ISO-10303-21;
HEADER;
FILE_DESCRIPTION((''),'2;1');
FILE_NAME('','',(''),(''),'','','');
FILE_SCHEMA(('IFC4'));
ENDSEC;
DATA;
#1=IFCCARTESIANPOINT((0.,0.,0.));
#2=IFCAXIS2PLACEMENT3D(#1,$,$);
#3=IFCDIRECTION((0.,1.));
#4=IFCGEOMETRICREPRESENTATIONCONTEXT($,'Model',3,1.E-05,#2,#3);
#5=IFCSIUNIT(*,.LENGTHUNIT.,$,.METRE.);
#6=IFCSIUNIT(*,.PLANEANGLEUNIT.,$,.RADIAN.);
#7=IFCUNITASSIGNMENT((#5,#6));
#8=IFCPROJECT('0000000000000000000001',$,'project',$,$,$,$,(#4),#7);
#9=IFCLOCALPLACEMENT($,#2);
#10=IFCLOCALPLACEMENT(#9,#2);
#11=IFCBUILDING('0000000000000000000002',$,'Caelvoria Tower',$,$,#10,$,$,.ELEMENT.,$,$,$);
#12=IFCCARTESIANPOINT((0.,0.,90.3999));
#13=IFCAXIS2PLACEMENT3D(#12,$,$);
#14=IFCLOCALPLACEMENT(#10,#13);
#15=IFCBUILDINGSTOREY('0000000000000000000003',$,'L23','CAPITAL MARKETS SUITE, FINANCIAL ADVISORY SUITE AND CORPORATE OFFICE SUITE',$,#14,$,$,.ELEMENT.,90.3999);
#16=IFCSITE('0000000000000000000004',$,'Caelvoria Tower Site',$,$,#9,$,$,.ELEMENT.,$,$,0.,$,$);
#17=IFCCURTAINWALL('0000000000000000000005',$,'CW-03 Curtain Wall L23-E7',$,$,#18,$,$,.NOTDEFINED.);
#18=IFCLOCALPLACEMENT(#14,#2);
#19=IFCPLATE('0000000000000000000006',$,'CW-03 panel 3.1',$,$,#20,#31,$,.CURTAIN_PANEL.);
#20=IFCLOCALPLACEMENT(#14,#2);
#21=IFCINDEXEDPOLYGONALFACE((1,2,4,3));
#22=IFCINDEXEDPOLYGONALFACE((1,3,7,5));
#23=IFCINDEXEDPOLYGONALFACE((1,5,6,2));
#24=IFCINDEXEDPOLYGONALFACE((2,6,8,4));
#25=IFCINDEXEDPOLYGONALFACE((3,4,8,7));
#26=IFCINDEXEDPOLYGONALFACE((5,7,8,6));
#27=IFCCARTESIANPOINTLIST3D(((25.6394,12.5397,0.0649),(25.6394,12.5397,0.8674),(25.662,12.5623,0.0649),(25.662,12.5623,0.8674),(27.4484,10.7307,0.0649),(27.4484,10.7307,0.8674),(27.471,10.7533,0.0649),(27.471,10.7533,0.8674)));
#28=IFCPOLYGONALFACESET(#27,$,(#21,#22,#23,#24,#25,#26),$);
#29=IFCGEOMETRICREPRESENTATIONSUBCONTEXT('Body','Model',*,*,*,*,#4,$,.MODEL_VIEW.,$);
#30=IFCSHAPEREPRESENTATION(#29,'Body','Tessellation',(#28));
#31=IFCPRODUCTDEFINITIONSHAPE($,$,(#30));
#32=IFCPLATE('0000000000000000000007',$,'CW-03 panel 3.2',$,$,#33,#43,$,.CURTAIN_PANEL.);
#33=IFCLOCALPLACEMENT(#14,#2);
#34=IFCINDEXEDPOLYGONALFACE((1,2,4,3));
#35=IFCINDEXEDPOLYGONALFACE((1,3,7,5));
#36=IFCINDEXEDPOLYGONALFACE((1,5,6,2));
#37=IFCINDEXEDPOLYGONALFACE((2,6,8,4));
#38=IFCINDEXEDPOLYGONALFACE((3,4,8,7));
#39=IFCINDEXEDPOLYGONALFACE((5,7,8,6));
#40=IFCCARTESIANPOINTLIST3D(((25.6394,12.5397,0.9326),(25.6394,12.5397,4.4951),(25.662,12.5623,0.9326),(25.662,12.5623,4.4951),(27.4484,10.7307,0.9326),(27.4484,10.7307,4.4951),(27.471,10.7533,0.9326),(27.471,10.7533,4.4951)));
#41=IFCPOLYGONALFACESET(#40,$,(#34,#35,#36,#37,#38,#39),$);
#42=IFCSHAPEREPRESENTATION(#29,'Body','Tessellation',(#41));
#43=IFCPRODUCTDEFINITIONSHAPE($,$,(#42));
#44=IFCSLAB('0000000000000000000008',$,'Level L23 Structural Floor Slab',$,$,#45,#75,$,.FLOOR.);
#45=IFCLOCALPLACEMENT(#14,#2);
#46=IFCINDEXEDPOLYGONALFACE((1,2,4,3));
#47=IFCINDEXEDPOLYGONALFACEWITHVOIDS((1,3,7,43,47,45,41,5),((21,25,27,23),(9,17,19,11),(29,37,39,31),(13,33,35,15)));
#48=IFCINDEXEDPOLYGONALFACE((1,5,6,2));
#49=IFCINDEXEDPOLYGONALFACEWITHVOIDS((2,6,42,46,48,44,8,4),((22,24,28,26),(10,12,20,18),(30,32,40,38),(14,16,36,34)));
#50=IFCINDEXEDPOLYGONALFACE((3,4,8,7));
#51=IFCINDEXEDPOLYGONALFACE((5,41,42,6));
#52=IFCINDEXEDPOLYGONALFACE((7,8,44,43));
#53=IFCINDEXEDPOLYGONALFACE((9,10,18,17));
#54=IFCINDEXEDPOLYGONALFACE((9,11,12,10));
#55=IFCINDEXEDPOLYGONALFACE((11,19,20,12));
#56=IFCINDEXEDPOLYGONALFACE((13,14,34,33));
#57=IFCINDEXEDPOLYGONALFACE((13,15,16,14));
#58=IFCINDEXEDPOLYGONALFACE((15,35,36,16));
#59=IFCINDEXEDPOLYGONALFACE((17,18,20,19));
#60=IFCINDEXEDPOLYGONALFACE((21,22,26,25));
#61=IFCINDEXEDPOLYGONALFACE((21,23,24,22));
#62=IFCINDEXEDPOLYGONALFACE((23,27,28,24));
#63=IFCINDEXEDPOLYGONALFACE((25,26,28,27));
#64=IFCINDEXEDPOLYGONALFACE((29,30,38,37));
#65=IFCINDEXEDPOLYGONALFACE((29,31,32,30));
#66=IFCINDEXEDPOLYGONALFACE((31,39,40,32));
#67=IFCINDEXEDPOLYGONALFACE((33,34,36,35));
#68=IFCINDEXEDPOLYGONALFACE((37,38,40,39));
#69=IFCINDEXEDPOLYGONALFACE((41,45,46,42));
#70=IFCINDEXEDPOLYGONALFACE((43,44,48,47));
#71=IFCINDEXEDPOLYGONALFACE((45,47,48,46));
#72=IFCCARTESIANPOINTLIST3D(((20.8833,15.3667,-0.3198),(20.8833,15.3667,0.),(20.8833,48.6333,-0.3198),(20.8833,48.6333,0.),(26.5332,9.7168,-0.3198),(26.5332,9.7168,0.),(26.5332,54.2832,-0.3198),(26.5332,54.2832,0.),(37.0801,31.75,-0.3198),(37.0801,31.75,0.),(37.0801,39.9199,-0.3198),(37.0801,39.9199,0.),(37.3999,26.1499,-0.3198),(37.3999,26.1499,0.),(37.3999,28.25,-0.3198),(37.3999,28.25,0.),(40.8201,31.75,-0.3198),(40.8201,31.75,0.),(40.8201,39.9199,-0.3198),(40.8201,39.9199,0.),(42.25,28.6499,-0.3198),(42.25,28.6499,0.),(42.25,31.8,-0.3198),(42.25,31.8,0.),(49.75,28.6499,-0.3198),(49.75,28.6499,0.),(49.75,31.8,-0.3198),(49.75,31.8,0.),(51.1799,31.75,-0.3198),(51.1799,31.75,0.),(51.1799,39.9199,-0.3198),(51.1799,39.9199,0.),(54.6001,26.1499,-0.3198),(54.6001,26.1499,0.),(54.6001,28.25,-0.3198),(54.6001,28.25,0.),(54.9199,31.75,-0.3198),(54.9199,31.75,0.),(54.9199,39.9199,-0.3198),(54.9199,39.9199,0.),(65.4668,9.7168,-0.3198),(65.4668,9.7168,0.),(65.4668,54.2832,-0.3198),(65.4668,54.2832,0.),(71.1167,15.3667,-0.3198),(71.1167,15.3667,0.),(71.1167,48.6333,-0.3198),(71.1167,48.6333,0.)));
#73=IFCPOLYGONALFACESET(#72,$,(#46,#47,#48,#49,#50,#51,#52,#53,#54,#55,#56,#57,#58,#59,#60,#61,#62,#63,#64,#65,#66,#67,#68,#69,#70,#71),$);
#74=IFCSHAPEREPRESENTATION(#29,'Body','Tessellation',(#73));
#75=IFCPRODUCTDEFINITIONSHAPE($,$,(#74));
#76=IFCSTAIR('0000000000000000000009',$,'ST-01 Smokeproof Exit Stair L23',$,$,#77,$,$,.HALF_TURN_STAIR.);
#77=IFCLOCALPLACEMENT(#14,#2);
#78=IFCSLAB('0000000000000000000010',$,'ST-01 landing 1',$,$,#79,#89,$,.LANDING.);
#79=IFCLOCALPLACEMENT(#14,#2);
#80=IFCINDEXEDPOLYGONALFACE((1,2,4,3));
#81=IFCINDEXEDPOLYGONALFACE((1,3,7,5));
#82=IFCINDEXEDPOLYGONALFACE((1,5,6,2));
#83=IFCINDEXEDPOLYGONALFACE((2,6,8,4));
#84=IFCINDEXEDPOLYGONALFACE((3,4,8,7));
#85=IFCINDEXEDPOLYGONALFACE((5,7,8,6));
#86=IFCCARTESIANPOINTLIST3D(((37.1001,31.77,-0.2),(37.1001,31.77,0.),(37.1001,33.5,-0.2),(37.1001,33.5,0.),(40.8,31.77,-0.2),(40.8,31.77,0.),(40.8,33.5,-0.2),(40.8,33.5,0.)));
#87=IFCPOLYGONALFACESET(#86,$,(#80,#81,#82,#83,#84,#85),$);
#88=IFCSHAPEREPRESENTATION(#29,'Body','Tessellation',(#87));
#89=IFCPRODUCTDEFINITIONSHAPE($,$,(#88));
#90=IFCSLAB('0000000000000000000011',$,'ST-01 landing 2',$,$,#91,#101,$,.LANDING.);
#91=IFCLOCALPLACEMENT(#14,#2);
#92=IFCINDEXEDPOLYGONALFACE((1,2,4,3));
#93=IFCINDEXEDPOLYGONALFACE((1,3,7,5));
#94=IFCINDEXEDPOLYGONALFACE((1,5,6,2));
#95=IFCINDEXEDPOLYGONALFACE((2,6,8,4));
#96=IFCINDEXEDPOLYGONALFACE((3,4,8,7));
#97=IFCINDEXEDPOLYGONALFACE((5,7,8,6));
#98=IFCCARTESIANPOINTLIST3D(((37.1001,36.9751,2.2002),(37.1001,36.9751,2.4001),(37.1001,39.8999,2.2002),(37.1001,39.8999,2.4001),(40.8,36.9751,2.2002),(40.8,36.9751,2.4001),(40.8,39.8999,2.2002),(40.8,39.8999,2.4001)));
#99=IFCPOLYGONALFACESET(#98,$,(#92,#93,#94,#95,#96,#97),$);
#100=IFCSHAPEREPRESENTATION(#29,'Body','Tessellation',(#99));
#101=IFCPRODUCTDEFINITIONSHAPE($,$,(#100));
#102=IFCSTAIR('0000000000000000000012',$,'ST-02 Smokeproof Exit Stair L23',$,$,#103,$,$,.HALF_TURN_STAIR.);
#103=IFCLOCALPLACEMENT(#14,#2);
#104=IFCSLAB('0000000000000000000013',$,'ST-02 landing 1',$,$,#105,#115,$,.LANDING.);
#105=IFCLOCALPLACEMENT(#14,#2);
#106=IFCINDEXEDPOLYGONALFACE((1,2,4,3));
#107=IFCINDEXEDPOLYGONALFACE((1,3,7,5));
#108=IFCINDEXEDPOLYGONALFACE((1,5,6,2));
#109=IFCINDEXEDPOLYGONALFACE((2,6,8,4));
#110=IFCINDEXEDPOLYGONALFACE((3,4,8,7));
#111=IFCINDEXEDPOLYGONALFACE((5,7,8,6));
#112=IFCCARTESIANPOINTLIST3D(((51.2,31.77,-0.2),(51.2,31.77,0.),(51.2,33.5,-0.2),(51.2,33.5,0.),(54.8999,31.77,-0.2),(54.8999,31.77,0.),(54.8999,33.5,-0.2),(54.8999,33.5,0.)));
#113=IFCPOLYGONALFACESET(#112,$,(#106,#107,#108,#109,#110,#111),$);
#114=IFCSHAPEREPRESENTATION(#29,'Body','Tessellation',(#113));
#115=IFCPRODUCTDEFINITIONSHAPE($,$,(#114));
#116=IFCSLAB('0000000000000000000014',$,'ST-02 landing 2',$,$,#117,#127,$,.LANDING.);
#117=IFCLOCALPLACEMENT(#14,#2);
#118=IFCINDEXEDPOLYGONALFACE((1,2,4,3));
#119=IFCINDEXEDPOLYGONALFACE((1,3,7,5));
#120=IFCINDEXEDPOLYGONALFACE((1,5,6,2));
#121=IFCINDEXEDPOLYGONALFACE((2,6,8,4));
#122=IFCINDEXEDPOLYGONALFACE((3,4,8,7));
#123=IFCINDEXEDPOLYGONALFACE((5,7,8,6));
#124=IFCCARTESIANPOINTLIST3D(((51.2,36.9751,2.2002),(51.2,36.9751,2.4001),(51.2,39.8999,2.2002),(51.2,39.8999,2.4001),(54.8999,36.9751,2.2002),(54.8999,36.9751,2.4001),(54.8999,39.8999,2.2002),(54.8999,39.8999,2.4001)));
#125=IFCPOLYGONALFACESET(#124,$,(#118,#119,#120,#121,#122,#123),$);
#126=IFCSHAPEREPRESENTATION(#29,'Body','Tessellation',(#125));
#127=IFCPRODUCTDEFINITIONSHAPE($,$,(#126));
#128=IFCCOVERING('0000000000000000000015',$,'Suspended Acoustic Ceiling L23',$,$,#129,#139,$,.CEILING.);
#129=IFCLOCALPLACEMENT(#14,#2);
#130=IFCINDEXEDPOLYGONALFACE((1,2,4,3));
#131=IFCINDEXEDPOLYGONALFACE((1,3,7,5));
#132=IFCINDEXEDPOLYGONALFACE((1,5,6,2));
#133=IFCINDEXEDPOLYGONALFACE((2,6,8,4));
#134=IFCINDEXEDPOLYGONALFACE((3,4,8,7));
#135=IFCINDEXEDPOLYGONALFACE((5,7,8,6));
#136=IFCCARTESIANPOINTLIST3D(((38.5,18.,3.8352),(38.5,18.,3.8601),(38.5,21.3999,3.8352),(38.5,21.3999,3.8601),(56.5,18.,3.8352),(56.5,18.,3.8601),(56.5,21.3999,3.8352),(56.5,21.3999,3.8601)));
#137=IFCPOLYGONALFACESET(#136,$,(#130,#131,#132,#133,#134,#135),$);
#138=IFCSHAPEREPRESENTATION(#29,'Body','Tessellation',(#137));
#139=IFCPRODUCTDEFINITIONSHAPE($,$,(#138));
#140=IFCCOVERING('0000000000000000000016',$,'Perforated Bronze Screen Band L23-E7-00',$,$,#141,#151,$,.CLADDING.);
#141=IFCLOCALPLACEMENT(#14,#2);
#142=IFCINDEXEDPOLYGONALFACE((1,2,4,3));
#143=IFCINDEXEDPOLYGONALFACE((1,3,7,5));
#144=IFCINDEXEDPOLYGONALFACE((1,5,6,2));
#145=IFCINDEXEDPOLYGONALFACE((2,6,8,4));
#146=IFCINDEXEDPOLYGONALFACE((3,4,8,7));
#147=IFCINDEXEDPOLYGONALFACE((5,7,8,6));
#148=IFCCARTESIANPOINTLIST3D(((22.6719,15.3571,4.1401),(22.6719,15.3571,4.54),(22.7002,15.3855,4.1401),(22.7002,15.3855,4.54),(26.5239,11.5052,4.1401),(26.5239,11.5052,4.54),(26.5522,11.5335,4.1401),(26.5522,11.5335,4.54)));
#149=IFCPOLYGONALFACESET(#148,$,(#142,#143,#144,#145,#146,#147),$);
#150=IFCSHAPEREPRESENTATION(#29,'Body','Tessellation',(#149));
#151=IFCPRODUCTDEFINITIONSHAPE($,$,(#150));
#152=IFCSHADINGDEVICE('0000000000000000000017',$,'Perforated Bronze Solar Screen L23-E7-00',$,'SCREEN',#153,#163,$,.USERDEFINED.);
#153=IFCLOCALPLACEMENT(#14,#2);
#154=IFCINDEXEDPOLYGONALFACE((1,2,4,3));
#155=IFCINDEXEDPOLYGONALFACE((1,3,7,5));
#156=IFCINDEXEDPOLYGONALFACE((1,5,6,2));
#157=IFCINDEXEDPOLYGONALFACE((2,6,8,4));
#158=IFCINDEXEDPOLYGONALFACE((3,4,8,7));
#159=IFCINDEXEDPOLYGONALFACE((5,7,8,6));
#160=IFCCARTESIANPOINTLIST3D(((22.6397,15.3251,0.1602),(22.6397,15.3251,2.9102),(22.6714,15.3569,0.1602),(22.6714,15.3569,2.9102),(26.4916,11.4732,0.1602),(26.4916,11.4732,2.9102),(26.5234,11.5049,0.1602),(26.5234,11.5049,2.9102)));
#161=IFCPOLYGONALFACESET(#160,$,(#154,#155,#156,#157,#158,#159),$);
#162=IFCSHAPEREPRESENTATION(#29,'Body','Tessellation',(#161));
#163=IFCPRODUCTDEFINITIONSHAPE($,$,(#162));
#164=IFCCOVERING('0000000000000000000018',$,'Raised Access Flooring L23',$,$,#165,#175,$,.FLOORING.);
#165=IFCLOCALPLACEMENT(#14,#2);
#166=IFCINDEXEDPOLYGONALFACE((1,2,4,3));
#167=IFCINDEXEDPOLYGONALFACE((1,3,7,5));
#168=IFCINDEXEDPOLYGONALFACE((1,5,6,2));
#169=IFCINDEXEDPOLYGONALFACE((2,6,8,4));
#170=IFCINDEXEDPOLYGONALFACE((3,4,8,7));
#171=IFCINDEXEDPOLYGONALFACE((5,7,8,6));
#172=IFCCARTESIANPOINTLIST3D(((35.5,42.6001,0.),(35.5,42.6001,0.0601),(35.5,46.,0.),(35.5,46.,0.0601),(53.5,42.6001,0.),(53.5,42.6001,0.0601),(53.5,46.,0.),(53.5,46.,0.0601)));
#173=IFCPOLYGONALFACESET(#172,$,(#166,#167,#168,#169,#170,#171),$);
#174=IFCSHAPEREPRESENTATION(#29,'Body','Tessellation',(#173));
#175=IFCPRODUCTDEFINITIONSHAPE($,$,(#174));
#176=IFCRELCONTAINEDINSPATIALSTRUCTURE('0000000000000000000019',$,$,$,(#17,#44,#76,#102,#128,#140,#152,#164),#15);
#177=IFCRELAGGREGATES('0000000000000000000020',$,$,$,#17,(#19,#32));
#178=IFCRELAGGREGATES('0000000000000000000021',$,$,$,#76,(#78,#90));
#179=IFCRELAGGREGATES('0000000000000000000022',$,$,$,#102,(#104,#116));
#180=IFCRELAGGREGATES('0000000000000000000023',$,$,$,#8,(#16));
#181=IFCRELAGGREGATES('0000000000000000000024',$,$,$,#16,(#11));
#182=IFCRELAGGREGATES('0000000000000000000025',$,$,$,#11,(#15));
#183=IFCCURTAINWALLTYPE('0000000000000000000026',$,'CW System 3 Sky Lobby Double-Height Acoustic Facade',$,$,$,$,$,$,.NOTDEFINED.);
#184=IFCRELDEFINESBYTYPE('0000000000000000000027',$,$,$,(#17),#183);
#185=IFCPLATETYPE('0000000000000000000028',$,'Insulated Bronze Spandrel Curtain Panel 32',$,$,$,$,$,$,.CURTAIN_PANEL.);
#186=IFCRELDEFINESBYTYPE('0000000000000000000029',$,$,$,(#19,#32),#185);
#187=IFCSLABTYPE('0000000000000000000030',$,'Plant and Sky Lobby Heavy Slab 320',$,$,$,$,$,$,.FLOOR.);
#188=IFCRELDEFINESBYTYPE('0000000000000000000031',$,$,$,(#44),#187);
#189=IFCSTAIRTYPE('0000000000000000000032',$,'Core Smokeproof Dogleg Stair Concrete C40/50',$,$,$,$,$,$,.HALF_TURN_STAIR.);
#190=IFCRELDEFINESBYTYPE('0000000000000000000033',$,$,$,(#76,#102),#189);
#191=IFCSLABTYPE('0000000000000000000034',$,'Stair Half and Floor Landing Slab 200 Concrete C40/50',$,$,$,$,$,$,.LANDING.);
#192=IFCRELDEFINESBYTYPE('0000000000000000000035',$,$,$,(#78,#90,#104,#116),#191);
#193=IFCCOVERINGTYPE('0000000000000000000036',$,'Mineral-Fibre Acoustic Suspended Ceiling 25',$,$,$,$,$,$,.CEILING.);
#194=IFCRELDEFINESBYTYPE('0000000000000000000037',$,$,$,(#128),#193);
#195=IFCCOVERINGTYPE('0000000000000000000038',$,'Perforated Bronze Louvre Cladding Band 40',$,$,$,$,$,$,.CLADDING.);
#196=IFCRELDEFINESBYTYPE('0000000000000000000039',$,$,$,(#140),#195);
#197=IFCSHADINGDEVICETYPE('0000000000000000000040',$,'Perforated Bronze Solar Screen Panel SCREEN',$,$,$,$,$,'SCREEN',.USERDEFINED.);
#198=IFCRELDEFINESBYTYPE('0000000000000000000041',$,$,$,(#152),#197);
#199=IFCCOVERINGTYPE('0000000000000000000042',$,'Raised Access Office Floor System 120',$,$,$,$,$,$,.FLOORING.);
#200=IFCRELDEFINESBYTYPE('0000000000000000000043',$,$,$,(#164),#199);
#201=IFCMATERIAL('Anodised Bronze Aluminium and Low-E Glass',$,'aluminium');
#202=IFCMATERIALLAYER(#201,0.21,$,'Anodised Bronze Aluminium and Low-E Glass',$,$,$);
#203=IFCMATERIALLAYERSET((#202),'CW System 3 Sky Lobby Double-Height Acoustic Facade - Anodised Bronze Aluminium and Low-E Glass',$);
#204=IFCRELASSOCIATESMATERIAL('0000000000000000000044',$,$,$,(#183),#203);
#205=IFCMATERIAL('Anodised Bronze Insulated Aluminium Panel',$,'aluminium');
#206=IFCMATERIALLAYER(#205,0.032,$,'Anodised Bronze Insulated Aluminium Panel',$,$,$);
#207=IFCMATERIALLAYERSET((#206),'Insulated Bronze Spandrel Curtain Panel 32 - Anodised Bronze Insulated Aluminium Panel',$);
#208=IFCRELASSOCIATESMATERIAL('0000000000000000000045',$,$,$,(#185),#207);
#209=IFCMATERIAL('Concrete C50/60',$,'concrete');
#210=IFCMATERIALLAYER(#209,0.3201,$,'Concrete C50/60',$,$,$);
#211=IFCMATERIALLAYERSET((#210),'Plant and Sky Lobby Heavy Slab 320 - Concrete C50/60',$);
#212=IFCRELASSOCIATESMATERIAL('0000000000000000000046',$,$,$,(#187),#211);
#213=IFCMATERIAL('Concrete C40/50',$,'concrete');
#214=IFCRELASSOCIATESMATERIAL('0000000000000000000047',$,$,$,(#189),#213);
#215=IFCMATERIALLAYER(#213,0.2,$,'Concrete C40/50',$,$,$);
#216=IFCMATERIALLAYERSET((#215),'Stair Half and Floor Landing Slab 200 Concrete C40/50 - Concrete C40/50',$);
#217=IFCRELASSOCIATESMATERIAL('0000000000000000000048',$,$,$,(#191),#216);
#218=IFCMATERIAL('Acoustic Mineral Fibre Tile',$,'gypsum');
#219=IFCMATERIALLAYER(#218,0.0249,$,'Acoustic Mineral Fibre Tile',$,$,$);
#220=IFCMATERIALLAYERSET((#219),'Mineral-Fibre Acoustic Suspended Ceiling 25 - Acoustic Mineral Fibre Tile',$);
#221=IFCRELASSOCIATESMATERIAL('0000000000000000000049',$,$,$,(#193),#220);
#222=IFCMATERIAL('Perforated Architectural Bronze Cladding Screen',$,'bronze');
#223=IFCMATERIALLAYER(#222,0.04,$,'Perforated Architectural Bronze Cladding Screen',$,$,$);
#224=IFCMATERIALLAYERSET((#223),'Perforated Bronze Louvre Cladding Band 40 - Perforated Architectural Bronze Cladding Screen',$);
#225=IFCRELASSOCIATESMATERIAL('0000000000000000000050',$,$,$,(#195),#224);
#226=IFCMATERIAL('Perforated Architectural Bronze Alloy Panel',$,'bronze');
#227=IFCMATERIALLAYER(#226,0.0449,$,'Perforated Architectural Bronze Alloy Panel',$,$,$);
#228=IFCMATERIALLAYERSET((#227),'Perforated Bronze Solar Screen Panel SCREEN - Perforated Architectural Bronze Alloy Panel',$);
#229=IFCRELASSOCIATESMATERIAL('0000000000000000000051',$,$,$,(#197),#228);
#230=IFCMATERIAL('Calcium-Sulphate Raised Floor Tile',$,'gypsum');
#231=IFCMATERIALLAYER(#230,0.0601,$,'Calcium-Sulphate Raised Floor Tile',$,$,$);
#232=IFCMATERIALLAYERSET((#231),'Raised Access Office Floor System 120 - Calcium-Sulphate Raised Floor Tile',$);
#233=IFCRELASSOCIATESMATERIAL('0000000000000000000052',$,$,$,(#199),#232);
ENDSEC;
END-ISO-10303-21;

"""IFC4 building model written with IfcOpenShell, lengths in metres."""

from ifc_helpers import new_model, si_unit, direction, frame, origin, origin_2d, place, context, subcontext, project, spatial, polyline, rectangle, outline, extrude, material, layer, layer_set, type_object, element, aggregate, save


model = new_model("IFC4")

# Units and contexts
model_context = context("Model", 3, precision=1e-05, world=origin(), true_north=direction((0.0, 1.0)))
body_context = subcontext(model_context, "Body", "Model", "MODEL_VIEW")
ifc_project = project(units=[si_unit("LENGTHUNIT", "METRE"), si_unit("PLANEANGLEUNIT", "RADIAN")], contexts=[model_context])

# Site, building, storey
site_placement = place(None, origin())
site = spatial("IfcSite", under=ifc_project, at=site_placement, Name="Caelvoria Tower Site", CompositionType="ELEMENT", RefElevation=0.0)
building_placement = place(site_placement, origin())
building = spatial("IfcBuilding", under=site, at=building_placement, Name="Caelvoria Tower", CompositionType="ELEMENT")
storey_placement = place(building_placement, frame((0.0, 0.0, 90.3999)))
storey = spatial("IfcBuildingStorey", under=building, at=storey_placement, Name="L23", Description="CAPITAL MARKETS SUITE, FINANCIAL ADVISORY SUITE AND CORPORATE OFFICE SUITE", CompositionType="ELEMENT", Elevation=90.3999)

# Shared definitions
ifc_material_1 = material(Name="Anodised Bronze Aluminium and Low-E Glass", Category="aluminium")
ifc_layer_1 = layer(ifc_material_1, 0.21, Name="Anodised Bronze Aluminium and Low-E Glass")
ifc_layer_set_1 = layer_set([ifc_layer_1], Name="CW System 3 Sky Lobby Double-Height Acoustic Facade - Anodised Bronze Aluminium and Low-E Glass")
curtain_wall_type = type_object("IfcCurtainWallType", Name="CW System 3 Sky Lobby Double-Height Acoustic Facade", PredefinedType="NOTDEFINED", material=ifc_layer_set_1)

# Curtain wall
curtain_wall_1_placement = place(storey_placement, origin())
curtain_wall_1 = element("IfcCurtainWall", 1, at=curtain_wall_1_placement, inside=storey, type_object=curtain_wall_type, Name="CW-03 Curtain Wall L23-E7", PredefinedType="NOTDEFINED")

# Plates
ifc_material_2 = material(Name="Anodised Bronze Insulated Aluminium Panel", Category="aluminium")
ifc_layer_2 = layer(ifc_material_2, 0.032, Name="Anodised Bronze Insulated Aluminium Panel")
ifc_layer_set_2 = layer_set([ifc_layer_2], Name="Insulated Bronze Spandrel Curtain Panel 32 - Anodised Bronze Insulated Aluminium Panel")
plate_type = type_object("IfcPlateType", Name="Insulated Bronze Spandrel Curtain Panel 32", PredefinedType="CURTAIN_PANEL", material=ifc_layer_set_2)
plate_1_placement = place(storey_placement, frame((26.5552, 11.6465, 0.0649), z_axis=(0.0, 0.0, 1.0), x_axis=(0.707107, -0.707107, 0.0)))
plate_1 = element("IfcPlate", 2, at=plate_1_placement, type_object=plate_type, Name="CW-03 panel 3.1", PredefinedType="CURTAIN_PANEL", context=body_context, shape_type="SweptSolid", body=[
    extrude(rectangle(XDim=2.5583, YDim=0.032, at=origin_2d()), origin(), (0.0, 0.0, 1.0), 0.8025),
])
plate_2_placement = place(storey_placement, frame((26.5552, 11.6465, 0.9326), z_axis=(0.0, 0.0, 1.0), x_axis=(0.707107, -0.707107, 0.0)))
plate_2 = element("IfcPlate", 3, at=plate_2_placement, type_object=plate_type, Name="CW-03 panel 3.2", PredefinedType="CURTAIN_PANEL", context=body_context, shape_type="SweptSolid", body=[
    extrude(rectangle(XDim=2.5583, YDim=0.032, at=origin_2d()), origin(), (0.0, 0.0, 1.0), 3.5625),
])
aggregate(curtain_wall_1, [plate_1, plate_2])

# Slab
ifc_material_3 = material(Name="Concrete C50/60", Category="concrete")
ifc_layer_3 = layer(ifc_material_3, 0.3201, Name="Concrete C50/60")
ifc_layer_set_3 = layer_set([ifc_layer_3], Name="Plant and Sky Lobby Heavy Slab 320 - Concrete C50/60")
slab_type_1 = type_object("IfcSlabType", Name="Plant and Sky Lobby Heavy Slab 320", PredefinedType="FLOOR", material=ifc_layer_set_3)
slab_1_placement = place(storey_placement, frame((0.0, 0.0, -0.3198)))
element("IfcSlab", 4, at=slab_1_placement, inside=storey, type_object=slab_type_1, Name="Level L23 Structural Floor Slab", PredefinedType="FLOOR", context=body_context, shape_type="SweptSolid", body=[
    extrude(outline(polyline([(26.5332, 9.7168), (65.4668, 9.7168), (71.1167, 15.3667), (71.1167, 48.6333), (65.4668, 54.2832), (26.5332, 54.2832), (20.8833, 48.6333), (20.8833, 15.3667), (26.5332, 9.7168)]), holes=[polyline([(37.0801, 31.75), (40.8201, 31.75), (40.8201, 39.9199), (37.0801, 39.9199), (37.0801, 31.75)]), polyline([(51.1799, 31.75), (54.9199, 31.75), (54.9199, 39.9199), (51.1799, 39.9199), (51.1799, 31.75)]), polyline([(42.25, 28.6499), (49.75, 28.6499), (49.75, 31.8), (42.25, 31.8), (42.25, 28.6499)]), polyline([(37.3999, 26.1499), (54.6001, 26.1499), (54.6001, 28.25), (37.3999, 28.25), (37.3999, 26.1499)])]), origin(), (0.0, 0.0, 1.0), 0.3198),
])

# Stairs, slabs
ifc_material_4 = material(Name="Concrete C40/50", Category="concrete")
stair_type = type_object("IfcStairType", Name="Core Smokeproof Dogleg Stair Concrete C40/50", PredefinedType="HALF_TURN_STAIR", material=ifc_material_4)
stair_1_placement = place(storey_placement, origin())
stair_1 = element("IfcStair", 5, at=stair_1_placement, inside=storey, type_object=stair_type, Name="ST-01 Smokeproof Exit Stair L23", PredefinedType="HALF_TURN_STAIR")
ifc_layer_4 = layer(ifc_material_4, 0.2, Name="Concrete C40/50")
ifc_layer_set_4 = layer_set([ifc_layer_4], Name="Stair Half and Floor Landing Slab 200 Concrete C40/50 - Concrete C40/50")
slab_type_2 = type_object("IfcSlabType", Name="Stair Half and Floor Landing Slab 200 Concrete C40/50", PredefinedType="LANDING", material=ifc_layer_set_4)
slab_2_placement = place(storey_placement, frame((0.0, 0.0, -0.2)))
slab_2 = element("IfcSlab", 6, at=slab_2_placement, type_object=slab_type_2, Name="ST-01 landing 1", PredefinedType="LANDING", context=body_context, shape_type="SweptSolid", body=[
    extrude(outline(polyline([(37.1001, 31.77), (40.8, 31.77), (40.8, 33.5), (37.1001, 33.5), (37.1001, 31.77)])), origin(), (0.0, 0.0, 1.0), 0.2),
])
slab_3_placement = place(storey_placement, frame((0.0, 0.0, 2.2002)))
slab_3 = element("IfcSlab", 7, at=slab_3_placement, type_object=slab_type_2, Name="ST-01 landing 2", PredefinedType="LANDING", context=body_context, shape_type="SweptSolid", body=[
    extrude(outline(polyline([(37.1001, 36.9751), (40.8, 36.9751), (40.8, 39.8999), (37.1001, 39.8999), (37.1001, 36.9751)])), origin(), (0.0, 0.0, 1.0), 0.2),
])
aggregate(stair_1, [slab_2, slab_3])
stair_2_placement = place(storey_placement, origin())
stair_2 = element("IfcStair", 8, at=stair_2_placement, inside=storey, type_object=stair_type, Name="ST-02 Smokeproof Exit Stair L23", PredefinedType="HALF_TURN_STAIR")
slab_4_placement = place(storey_placement, frame((0.0, 0.0, -0.2)))
slab_4 = element("IfcSlab", 9, at=slab_4_placement, type_object=slab_type_2, Name="ST-02 landing 1", PredefinedType="LANDING", context=body_context, shape_type="SweptSolid", body=[
    extrude(outline(polyline([(51.2, 31.77), (54.8999, 31.77), (54.8999, 33.5), (51.2, 33.5), (51.2, 31.77)])), origin(), (0.0, 0.0, 1.0), 0.2),
])
slab_5_placement = place(storey_placement, frame((0.0, 0.0, 2.2002)))
slab_5 = element("IfcSlab", 10, at=slab_5_placement, type_object=slab_type_2, Name="ST-02 landing 2", PredefinedType="LANDING", context=body_context, shape_type="SweptSolid", body=[
    extrude(outline(polyline([(51.2, 36.9751), (54.8999, 36.9751), (54.8999, 39.8999), (51.2, 39.8999), (51.2, 36.9751)])), origin(), (0.0, 0.0, 1.0), 0.2),
])
aggregate(stair_2, [slab_4, slab_5])

# Coverings
ifc_material_5 = material(Name="Acoustic Mineral Fibre Tile", Category="gypsum")
ifc_layer_5 = layer(ifc_material_5, 0.0249, Name="Acoustic Mineral Fibre Tile")
ifc_layer_set_5 = layer_set([ifc_layer_5], Name="Mineral-Fibre Acoustic Suspended Ceiling 25 - Acoustic Mineral Fibre Tile")
covering_type_1 = type_object("IfcCoveringType", Name="Mineral-Fibre Acoustic Suspended Ceiling 25", PredefinedType="CEILING", material=ifc_layer_set_5)
covering_1_placement = place(storey_placement, frame((0.0, 0.0, 3.8352)))
element("IfcCovering", 11, at=covering_1_placement, inside=storey, type_object=covering_type_1, Name="Suspended Acoustic Ceiling L23", PredefinedType="CEILING", context=body_context, shape_type="SweptSolid", body=[
    extrude(outline(polyline([(38.5, 18.0), (56.5, 18.0), (56.5, 21.3999), (38.5, 21.3999), (38.5, 18.0)])), origin(), (0.0, 0.0, 1.0), 0.0249),
])
ifc_material_6 = material(Name="Perforated Architectural Bronze Cladding Screen", Category="bronze")
ifc_layer_6 = layer(ifc_material_6, 0.04, Name="Perforated Architectural Bronze Cladding Screen")
ifc_layer_set_6 = layer_set([ifc_layer_6], Name="Perforated Bronze Louvre Cladding Band 40 - Perforated Architectural Bronze Cladding Screen")
covering_type_2 = type_object("IfcCoveringType", Name="Perforated Bronze Louvre Cladding Band 40", PredefinedType="CLADDING", material=ifc_layer_set_6)
covering_2_placement = place(storey_placement, frame((24.6121, 13.4453, 4.1401), z_axis=(0.0, 0.0, 1.0), x_axis=(0.707107, -0.707107, 0.0)))
element("IfcCovering", 12, at=covering_2_placement, inside=storey, type_object=covering_type_2, Name="Perforated Bronze Screen Band L23-E7-00", PredefinedType="CLADDING", context=body_context, shape_type="SweptSolid", body=[
    extrude(rectangle(XDim=5.4475, YDim=0.04, at=origin_2d()), origin(), (0.0, 0.0, 1.0), 0.3999),
])

# Shading device
ifc_material_7 = material(Name="Perforated Architectural Bronze Alloy Panel", Category="bronze")
ifc_layer_7 = layer(ifc_material_7, 0.0449, Name="Perforated Architectural Bronze Alloy Panel")
ifc_layer_set_7 = layer_set([ifc_layer_7], Name="Perforated Bronze Solar Screen Panel SCREEN - Perforated Architectural Bronze Alloy Panel")
shading_device_type = type_object("IfcShadingDeviceType", Name="Perforated Bronze Solar Screen Panel SCREEN", ElementType="SCREEN", PredefinedType="USERDEFINED", material=ifc_layer_set_7)
shading_device_placement = place(storey_placement, frame((24.5815, 13.415, 0.1602), z_axis=(0.0, 0.0, 1.0), x_axis=(0.707107, -0.707107, 0.0)))
element("IfcShadingDevice", 13, at=shading_device_placement, inside=storey, type_object=shading_device_type, Name="Perforated Bronze Solar Screen L23-E7-00", ObjectType="SCREEN", PredefinedType="USERDEFINED", context=body_context, shape_type="SweptSolid", body=[
    extrude(rectangle(XDim=5.4475, YDim=0.0449, at=origin_2d()), origin(), (0.0, 0.0, 1.0), 2.75),
])

# Covering
ifc_material_8 = material(Name="Calcium-Sulphate Raised Floor Tile", Category="gypsum")
ifc_layer_8 = layer(ifc_material_8, 0.0601, Name="Calcium-Sulphate Raised Floor Tile")
ifc_layer_set_8 = layer_set([ifc_layer_8], Name="Raised Access Office Floor System 120 - Calcium-Sulphate Raised Floor Tile")
covering_type_3 = type_object("IfcCoveringType", Name="Raised Access Office Floor System 120", PredefinedType="FLOORING", material=ifc_layer_set_8)
covering_3_placement = place(storey_placement, origin())
element("IfcCovering", 14, at=covering_3_placement, inside=storey, type_object=covering_type_3, Name="Raised Access Flooring L23", PredefinedType="FLOORING", context=body_context, shape_type="SweptSolid", body=[
    extrude(outline(polyline([(35.5, 42.6001), (53.5, 42.6001), (53.5, 46.0), (35.5, 46.0), (35.5, 42.6001)])), origin(), (0.0, 0.0, 1.0), 0.0601),
])

save(model, "model.ifc")
